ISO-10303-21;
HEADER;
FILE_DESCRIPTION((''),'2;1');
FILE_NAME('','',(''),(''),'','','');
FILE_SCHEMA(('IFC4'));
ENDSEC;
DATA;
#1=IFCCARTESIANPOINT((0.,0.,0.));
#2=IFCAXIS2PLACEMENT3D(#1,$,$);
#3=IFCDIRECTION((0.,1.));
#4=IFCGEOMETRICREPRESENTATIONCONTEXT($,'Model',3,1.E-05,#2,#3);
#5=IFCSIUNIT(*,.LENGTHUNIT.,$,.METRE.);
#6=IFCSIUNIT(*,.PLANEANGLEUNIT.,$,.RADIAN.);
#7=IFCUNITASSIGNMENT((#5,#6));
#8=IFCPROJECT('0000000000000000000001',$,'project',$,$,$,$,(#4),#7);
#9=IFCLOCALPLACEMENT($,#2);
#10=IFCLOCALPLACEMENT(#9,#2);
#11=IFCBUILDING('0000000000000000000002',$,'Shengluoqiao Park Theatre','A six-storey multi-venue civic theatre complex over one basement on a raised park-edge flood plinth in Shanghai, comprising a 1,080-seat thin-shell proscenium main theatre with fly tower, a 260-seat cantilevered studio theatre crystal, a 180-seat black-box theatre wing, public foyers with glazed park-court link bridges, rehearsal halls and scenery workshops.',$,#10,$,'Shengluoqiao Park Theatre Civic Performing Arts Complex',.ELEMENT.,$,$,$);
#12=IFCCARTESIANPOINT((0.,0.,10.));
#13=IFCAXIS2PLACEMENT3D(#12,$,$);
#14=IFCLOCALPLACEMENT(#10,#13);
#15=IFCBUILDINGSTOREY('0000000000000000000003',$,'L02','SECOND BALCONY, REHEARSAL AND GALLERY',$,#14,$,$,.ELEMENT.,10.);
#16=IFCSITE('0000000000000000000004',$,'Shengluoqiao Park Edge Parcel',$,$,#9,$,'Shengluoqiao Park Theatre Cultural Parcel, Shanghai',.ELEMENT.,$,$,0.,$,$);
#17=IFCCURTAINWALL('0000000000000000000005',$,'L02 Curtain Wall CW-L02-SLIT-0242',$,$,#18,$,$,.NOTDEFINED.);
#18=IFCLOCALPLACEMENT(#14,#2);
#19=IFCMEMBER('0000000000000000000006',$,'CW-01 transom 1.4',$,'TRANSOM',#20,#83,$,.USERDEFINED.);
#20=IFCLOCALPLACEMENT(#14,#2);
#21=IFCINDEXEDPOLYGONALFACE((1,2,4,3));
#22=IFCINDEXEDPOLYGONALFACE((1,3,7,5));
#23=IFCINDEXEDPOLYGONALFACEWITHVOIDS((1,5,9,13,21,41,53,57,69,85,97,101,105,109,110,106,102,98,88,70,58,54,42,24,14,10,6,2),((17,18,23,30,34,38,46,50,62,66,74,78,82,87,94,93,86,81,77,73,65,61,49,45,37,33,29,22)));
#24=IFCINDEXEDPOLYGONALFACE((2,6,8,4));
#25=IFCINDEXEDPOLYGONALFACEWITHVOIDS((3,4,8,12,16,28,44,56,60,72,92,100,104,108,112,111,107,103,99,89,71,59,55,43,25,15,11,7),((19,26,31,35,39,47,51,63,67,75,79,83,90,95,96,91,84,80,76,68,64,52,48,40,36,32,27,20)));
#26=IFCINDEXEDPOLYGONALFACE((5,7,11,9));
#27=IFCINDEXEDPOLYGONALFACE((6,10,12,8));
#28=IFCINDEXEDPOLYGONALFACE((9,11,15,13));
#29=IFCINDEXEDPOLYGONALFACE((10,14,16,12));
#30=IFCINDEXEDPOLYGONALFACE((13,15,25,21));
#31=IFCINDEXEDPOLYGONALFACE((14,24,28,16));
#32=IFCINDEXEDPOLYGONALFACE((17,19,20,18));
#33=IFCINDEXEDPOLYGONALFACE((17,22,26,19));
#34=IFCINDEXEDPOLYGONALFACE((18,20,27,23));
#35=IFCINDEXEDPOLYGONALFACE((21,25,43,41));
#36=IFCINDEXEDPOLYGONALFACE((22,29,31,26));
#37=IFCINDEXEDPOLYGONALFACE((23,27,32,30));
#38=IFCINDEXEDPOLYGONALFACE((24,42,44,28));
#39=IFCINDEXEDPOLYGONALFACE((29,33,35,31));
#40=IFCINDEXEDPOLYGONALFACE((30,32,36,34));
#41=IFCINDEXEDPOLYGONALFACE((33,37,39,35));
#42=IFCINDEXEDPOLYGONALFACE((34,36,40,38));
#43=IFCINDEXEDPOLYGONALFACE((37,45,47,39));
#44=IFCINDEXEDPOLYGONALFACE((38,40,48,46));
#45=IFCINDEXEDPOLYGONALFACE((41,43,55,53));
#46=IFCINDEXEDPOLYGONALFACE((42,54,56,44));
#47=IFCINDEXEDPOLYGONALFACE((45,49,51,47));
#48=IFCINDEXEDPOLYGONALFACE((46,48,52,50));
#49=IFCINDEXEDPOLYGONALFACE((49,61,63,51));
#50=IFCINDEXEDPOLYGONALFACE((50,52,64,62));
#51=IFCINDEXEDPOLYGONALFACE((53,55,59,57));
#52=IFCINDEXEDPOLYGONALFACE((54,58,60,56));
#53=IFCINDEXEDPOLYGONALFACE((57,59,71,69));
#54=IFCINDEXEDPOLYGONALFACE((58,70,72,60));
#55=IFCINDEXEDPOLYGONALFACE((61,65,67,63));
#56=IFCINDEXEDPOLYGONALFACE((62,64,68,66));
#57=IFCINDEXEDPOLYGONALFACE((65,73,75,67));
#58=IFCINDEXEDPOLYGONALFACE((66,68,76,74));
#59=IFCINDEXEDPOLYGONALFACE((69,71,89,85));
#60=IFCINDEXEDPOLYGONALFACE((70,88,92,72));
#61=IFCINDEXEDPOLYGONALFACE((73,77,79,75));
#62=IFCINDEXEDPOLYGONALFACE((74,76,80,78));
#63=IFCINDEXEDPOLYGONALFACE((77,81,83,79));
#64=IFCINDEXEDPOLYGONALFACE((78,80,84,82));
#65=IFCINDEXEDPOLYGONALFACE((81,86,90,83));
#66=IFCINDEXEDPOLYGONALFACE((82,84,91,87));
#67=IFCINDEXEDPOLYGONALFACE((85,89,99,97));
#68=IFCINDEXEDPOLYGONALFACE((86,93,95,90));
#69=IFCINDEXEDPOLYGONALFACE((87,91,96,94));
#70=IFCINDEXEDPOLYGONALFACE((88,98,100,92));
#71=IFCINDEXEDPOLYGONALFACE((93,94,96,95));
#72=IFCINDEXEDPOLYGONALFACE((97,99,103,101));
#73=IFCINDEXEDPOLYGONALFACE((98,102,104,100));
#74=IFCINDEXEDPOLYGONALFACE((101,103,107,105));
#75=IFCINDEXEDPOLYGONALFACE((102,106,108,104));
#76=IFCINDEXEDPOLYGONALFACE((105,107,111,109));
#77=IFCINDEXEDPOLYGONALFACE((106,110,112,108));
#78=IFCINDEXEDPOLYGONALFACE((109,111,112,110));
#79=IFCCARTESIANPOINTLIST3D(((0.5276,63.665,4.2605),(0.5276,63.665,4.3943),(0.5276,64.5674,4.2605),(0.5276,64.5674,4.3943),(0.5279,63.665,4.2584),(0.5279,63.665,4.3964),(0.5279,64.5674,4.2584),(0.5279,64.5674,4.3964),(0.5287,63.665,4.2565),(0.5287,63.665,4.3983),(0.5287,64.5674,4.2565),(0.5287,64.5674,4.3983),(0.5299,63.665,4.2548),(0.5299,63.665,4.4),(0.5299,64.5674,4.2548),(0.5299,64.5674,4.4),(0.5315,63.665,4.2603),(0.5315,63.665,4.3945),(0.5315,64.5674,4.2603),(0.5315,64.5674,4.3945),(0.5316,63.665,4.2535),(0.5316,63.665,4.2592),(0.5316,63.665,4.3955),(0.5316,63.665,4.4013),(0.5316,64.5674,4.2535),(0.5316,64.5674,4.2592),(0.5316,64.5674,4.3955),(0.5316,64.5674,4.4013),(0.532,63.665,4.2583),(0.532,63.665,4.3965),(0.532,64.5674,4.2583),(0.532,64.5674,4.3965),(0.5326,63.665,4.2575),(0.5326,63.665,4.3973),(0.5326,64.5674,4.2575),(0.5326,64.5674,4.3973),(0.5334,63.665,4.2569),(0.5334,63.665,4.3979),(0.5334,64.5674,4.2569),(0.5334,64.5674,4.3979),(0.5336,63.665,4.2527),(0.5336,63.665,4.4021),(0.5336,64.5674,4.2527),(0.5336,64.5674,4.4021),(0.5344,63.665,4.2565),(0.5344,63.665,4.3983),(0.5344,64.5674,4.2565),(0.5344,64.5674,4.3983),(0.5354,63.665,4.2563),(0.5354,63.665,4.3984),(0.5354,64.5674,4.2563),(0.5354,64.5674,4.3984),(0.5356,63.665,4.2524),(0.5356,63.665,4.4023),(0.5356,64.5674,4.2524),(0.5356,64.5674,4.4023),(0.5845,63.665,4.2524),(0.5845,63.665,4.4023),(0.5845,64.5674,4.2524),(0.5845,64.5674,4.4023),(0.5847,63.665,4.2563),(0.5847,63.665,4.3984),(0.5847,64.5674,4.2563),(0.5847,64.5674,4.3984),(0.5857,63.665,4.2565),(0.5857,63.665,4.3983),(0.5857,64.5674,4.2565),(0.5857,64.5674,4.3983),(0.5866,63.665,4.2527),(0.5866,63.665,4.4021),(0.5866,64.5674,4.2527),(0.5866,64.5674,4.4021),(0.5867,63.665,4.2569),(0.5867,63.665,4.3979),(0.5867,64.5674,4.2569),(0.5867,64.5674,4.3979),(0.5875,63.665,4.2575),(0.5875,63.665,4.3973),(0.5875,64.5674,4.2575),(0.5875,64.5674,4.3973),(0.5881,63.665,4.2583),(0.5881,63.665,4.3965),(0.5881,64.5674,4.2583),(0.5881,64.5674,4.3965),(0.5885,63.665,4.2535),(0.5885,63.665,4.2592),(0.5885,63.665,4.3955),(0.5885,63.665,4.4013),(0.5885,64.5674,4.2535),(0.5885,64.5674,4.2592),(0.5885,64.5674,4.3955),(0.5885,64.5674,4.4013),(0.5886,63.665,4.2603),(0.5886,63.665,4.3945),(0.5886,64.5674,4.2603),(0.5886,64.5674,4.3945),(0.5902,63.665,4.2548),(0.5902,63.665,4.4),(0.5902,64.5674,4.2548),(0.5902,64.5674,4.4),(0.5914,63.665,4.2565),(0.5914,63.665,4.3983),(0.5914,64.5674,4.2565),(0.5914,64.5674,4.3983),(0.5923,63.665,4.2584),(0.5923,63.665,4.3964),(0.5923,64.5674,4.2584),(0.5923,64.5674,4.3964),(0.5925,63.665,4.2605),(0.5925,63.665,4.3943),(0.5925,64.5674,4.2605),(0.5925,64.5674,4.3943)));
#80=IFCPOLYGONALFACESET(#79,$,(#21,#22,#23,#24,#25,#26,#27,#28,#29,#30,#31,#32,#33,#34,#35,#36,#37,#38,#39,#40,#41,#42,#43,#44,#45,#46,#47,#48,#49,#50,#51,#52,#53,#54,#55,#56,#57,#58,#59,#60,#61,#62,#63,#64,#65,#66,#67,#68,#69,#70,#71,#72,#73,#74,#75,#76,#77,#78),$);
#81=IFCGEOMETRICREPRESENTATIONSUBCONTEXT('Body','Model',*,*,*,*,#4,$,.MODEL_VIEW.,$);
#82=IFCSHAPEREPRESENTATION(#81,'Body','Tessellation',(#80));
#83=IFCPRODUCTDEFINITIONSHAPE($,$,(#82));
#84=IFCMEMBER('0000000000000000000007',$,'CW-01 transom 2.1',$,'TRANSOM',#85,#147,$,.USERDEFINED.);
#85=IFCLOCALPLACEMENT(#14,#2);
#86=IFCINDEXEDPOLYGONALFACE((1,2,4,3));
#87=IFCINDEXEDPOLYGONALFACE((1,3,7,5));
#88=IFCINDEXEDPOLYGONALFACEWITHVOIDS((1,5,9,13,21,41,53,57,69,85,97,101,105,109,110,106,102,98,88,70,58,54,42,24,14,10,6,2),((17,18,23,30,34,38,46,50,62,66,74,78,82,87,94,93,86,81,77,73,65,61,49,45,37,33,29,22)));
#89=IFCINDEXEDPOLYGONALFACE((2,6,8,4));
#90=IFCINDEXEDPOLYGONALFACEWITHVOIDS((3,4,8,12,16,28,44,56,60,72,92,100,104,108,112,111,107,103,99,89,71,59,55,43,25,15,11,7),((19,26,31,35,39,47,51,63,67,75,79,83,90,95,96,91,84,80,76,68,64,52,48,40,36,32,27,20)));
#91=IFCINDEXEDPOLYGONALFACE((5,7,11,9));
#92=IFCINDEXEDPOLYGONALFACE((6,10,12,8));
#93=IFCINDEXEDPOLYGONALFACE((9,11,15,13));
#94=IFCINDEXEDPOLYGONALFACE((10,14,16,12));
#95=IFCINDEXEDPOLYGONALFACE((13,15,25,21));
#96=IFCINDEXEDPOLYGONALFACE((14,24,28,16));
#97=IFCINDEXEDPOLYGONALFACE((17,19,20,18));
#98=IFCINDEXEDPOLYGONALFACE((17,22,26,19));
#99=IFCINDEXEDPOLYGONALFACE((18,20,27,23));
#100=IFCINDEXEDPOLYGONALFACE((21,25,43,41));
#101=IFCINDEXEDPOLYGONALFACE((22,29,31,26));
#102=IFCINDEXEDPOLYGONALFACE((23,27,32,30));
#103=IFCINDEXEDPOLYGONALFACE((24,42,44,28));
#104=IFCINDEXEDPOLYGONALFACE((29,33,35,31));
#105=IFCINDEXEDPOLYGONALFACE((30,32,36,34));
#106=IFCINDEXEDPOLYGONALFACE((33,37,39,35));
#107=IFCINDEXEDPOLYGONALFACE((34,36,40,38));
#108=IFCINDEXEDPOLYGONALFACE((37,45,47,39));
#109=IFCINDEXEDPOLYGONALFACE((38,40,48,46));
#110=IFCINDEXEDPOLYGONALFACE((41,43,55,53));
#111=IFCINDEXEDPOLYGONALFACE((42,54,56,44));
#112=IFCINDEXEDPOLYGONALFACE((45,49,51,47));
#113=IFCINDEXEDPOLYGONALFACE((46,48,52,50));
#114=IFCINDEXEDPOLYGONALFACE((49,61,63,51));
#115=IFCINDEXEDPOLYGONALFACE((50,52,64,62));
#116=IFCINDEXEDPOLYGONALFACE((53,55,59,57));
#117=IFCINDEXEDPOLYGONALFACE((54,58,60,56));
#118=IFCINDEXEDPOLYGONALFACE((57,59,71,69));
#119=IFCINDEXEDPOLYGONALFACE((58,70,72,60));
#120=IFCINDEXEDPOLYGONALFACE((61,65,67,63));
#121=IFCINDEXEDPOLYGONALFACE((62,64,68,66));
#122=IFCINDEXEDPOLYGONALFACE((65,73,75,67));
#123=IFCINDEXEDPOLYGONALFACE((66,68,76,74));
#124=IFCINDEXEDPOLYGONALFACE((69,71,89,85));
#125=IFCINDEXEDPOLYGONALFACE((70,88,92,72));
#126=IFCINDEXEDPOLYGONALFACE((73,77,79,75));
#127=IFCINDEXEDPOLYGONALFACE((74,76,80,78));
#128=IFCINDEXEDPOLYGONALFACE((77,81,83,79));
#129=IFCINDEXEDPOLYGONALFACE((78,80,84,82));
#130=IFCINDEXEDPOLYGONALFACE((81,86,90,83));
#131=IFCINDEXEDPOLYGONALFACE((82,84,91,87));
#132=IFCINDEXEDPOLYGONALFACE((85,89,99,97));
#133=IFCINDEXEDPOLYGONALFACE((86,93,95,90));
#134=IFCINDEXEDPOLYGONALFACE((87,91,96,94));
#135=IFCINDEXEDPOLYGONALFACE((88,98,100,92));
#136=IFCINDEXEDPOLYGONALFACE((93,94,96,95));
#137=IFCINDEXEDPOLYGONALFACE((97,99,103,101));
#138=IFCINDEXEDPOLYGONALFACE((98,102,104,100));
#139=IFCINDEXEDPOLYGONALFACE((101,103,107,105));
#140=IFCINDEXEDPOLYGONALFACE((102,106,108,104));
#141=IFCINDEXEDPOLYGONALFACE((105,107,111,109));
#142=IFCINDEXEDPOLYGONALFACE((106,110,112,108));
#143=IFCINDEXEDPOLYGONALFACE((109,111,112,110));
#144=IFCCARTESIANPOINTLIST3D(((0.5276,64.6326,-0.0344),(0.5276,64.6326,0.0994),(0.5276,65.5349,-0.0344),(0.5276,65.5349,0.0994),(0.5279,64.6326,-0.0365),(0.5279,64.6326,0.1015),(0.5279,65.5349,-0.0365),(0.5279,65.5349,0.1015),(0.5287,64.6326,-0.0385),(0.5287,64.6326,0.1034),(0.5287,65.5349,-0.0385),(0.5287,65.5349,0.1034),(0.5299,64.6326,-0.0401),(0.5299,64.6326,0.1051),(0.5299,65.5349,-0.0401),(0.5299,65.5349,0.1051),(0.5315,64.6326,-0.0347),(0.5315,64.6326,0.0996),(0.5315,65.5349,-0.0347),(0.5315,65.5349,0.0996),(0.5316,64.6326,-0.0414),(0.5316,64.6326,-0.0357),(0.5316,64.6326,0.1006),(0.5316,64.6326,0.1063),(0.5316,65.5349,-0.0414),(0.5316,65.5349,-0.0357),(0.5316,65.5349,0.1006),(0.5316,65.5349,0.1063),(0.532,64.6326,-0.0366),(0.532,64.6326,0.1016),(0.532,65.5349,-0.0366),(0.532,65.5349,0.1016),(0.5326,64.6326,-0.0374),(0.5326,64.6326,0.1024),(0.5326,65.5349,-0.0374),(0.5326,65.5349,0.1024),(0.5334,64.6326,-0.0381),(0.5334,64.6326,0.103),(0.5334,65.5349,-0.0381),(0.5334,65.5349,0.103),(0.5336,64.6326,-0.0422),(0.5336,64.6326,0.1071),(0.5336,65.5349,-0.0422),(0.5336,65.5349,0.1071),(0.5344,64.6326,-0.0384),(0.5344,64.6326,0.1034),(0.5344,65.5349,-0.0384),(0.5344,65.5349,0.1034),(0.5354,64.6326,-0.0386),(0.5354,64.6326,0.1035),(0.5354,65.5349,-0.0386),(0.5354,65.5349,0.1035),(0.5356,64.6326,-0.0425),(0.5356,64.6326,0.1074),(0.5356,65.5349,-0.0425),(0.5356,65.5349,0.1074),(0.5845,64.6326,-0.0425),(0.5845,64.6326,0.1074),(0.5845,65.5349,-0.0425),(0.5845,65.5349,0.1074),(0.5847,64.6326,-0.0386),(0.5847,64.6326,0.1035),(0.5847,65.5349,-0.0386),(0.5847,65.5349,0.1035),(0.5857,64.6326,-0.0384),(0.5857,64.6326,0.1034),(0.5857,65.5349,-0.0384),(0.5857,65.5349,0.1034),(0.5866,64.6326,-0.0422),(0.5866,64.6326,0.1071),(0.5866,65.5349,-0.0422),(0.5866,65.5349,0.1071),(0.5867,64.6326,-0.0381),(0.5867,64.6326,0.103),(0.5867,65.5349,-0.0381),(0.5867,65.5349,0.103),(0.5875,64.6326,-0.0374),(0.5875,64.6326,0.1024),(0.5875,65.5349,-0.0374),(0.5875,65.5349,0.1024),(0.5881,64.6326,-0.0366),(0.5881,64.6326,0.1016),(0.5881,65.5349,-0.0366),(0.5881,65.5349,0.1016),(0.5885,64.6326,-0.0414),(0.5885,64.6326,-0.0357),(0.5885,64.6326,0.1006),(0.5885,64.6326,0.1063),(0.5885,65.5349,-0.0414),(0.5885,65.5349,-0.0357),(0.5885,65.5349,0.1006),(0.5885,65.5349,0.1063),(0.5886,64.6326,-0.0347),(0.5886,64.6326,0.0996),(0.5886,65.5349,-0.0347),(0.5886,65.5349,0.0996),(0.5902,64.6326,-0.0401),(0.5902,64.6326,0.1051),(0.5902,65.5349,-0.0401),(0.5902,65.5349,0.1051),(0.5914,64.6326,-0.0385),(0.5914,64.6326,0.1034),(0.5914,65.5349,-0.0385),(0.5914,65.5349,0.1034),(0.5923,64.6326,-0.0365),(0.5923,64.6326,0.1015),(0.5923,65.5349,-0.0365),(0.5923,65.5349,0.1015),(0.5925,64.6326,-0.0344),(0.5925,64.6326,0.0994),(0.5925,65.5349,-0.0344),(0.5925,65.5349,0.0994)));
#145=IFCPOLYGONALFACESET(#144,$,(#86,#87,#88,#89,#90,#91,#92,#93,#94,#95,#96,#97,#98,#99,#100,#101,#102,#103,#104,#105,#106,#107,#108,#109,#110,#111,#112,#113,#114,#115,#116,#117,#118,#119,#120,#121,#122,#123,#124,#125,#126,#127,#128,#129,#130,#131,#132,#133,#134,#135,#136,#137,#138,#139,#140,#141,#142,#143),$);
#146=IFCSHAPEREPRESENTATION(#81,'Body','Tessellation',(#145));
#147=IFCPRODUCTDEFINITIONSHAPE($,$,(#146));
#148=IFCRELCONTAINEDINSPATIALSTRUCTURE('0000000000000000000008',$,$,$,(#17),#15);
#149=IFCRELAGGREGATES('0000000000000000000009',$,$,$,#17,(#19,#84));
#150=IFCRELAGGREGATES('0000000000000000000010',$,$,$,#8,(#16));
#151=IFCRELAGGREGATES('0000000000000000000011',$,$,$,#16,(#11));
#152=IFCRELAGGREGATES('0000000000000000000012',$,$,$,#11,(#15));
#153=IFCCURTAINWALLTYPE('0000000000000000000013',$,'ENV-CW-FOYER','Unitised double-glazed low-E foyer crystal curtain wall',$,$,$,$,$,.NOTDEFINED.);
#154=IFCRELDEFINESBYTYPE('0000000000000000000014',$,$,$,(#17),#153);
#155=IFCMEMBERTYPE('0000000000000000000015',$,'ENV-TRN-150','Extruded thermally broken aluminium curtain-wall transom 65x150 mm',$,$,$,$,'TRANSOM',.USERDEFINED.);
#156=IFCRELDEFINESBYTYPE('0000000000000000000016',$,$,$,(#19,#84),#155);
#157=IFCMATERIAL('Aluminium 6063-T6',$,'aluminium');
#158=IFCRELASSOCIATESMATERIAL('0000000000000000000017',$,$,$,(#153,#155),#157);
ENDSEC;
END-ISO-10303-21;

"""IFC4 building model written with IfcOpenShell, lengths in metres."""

from ifc_helpers import new_model, si_unit, direction, frame, origin, origin_2d, place, context, subcontext, project, spatial, hollow_rectangle, extrude, material, material_profile, profile_set, type_object, element, aggregate, save


model = new_model("IFC4")

# Units and contexts
model_context = context("Model", 3, precision=1e-05, world=origin(), true_north=direction((0.0, 1.0)))
body_context = subcontext(model_context, "Body", "Model", "MODEL_VIEW")
ifc_project = project(units=[si_unit("LENGTHUNIT", "METRE"), si_unit("PLANEANGLEUNIT", "RADIAN")], contexts=[model_context])

# Site, building, storey
site_placement = place(None, origin())
site = spatial("IfcSite", under=ifc_project, at=site_placement, Name="Shengluoqiao Park Edge Parcel", LongName="Shengluoqiao Park Theatre Cultural Parcel, Shanghai", CompositionType="ELEMENT", RefElevation=0.0)
building_placement = place(site_placement, origin())
building = spatial("IfcBuilding", under=site, at=building_placement, Name="Shengluoqiao Park Theatre", Description="A six-storey multi-venue civic theatre complex over one basement on a raised park-edge flood plinth in Shanghai, comprising a 1,080-seat thin-shell proscenium main theatre with fly tower, a 260-seat cantilevered studio theatre crystal, a 180-seat black-box theatre wing, public foyers with glazed park-court link bridges, rehearsal halls and scenery workshops.", LongName="Shengluoqiao Park Theatre Civic Performing Arts Complex", CompositionType="ELEMENT")
storey_placement = place(building_placement, frame((0.0, 0.0, 10.0)))
storey = spatial("IfcBuildingStorey", under=building, at=storey_placement, Name="L02", Description="SECOND BALCONY, REHEARSAL AND GALLERY", CompositionType="ELEMENT", Elevation=10.0)

# Curtain wall, members
ifc_material_1 = material(Name="Aluminium 6063-T6", Category="aluminium")
curtain_wall_type = type_object("IfcCurtainWallType", Name="ENV-CW-FOYER", Description="Unitised double-glazed low-E foyer crystal curtain wall", PredefinedType="NOTDEFINED", material=ifc_material_1)
curtain_wall_placement = place(storey_placement, origin())
curtain_wall = element("IfcCurtainWall", 1, at=curtain_wall_placement, inside=storey, type_object=curtain_wall_type, Name="L02 Curtain Wall CW-L02-SLIT-0242", PredefinedType="NOTDEFINED")
ifc_material_profile_1 = material_profile(ifc_material_1, hollow_rectangle(XDim=0.0649, YDim=0.1499, WallThickness=0.0039, InnerFilletRadius=0.0039, OuterFilletRadius=0.0081, at=origin_2d()), Name="ALU TRANSOM 150x65x4")
ifc_profile_set_1 = profile_set([ifc_material_profile_1], Name="Aluminium 6063-T6")
member_type_1 = type_object("IfcMemberType", Name="ENV-TRN-150", Description="Extruded thermally broken aluminium curtain-wall transom 65x150 mm", ElementType="TRANSOM", PredefinedType="USERDEFINED", material=ifc_profile_set_1)
member_1_placement = place(storey_placement, frame((0.5601, 63.665, 4.3274), z_axis=(0.0, 1.0, 0.0), x_axis=(-1.0, 0.0, 0.0)))
member_1 = element("IfcMember", 2, at=member_1_placement, type_object=member_type_1, Name="CW-01 transom 1.4", ObjectType="TRANSOM", PredefinedType="USERDEFINED", context=body_context, shape_type="SweptSolid", body=[
    extrude(hollow_rectangle(XDim=0.0649, YDim=0.1499, WallThickness=0.0039, InnerFilletRadius=0.0039, OuterFilletRadius=0.0081, at=origin_2d()), origin(), (0.0, 0.0, 1.0), 0.9023),
])
member_2_placement = place(storey_placement, frame((0.5601, 64.6326, 0.0325), z_axis=(0.0, 1.0, 0.0), x_axis=(-1.0, 0.0, 0.0)))
member_2 = element("IfcMember", 3, at=member_2_placement, type_object=member_type_1, Name="CW-01 transom 2.1", ObjectType="TRANSOM", PredefinedType="USERDEFINED", context=body_context, shape_type="SweptSolid", body=[
    extrude(hollow_rectangle(XDim=0.0649, YDim=0.1499, WallThickness=0.0039, InnerFilletRadius=0.0039, OuterFilletRadius=0.0081, at=origin_2d()), origin(), (0.0, 0.0, 1.0), 0.9023),
])

aggregate(curtain_wall, [member_1, member_2])

save(model, "model.ifc")
